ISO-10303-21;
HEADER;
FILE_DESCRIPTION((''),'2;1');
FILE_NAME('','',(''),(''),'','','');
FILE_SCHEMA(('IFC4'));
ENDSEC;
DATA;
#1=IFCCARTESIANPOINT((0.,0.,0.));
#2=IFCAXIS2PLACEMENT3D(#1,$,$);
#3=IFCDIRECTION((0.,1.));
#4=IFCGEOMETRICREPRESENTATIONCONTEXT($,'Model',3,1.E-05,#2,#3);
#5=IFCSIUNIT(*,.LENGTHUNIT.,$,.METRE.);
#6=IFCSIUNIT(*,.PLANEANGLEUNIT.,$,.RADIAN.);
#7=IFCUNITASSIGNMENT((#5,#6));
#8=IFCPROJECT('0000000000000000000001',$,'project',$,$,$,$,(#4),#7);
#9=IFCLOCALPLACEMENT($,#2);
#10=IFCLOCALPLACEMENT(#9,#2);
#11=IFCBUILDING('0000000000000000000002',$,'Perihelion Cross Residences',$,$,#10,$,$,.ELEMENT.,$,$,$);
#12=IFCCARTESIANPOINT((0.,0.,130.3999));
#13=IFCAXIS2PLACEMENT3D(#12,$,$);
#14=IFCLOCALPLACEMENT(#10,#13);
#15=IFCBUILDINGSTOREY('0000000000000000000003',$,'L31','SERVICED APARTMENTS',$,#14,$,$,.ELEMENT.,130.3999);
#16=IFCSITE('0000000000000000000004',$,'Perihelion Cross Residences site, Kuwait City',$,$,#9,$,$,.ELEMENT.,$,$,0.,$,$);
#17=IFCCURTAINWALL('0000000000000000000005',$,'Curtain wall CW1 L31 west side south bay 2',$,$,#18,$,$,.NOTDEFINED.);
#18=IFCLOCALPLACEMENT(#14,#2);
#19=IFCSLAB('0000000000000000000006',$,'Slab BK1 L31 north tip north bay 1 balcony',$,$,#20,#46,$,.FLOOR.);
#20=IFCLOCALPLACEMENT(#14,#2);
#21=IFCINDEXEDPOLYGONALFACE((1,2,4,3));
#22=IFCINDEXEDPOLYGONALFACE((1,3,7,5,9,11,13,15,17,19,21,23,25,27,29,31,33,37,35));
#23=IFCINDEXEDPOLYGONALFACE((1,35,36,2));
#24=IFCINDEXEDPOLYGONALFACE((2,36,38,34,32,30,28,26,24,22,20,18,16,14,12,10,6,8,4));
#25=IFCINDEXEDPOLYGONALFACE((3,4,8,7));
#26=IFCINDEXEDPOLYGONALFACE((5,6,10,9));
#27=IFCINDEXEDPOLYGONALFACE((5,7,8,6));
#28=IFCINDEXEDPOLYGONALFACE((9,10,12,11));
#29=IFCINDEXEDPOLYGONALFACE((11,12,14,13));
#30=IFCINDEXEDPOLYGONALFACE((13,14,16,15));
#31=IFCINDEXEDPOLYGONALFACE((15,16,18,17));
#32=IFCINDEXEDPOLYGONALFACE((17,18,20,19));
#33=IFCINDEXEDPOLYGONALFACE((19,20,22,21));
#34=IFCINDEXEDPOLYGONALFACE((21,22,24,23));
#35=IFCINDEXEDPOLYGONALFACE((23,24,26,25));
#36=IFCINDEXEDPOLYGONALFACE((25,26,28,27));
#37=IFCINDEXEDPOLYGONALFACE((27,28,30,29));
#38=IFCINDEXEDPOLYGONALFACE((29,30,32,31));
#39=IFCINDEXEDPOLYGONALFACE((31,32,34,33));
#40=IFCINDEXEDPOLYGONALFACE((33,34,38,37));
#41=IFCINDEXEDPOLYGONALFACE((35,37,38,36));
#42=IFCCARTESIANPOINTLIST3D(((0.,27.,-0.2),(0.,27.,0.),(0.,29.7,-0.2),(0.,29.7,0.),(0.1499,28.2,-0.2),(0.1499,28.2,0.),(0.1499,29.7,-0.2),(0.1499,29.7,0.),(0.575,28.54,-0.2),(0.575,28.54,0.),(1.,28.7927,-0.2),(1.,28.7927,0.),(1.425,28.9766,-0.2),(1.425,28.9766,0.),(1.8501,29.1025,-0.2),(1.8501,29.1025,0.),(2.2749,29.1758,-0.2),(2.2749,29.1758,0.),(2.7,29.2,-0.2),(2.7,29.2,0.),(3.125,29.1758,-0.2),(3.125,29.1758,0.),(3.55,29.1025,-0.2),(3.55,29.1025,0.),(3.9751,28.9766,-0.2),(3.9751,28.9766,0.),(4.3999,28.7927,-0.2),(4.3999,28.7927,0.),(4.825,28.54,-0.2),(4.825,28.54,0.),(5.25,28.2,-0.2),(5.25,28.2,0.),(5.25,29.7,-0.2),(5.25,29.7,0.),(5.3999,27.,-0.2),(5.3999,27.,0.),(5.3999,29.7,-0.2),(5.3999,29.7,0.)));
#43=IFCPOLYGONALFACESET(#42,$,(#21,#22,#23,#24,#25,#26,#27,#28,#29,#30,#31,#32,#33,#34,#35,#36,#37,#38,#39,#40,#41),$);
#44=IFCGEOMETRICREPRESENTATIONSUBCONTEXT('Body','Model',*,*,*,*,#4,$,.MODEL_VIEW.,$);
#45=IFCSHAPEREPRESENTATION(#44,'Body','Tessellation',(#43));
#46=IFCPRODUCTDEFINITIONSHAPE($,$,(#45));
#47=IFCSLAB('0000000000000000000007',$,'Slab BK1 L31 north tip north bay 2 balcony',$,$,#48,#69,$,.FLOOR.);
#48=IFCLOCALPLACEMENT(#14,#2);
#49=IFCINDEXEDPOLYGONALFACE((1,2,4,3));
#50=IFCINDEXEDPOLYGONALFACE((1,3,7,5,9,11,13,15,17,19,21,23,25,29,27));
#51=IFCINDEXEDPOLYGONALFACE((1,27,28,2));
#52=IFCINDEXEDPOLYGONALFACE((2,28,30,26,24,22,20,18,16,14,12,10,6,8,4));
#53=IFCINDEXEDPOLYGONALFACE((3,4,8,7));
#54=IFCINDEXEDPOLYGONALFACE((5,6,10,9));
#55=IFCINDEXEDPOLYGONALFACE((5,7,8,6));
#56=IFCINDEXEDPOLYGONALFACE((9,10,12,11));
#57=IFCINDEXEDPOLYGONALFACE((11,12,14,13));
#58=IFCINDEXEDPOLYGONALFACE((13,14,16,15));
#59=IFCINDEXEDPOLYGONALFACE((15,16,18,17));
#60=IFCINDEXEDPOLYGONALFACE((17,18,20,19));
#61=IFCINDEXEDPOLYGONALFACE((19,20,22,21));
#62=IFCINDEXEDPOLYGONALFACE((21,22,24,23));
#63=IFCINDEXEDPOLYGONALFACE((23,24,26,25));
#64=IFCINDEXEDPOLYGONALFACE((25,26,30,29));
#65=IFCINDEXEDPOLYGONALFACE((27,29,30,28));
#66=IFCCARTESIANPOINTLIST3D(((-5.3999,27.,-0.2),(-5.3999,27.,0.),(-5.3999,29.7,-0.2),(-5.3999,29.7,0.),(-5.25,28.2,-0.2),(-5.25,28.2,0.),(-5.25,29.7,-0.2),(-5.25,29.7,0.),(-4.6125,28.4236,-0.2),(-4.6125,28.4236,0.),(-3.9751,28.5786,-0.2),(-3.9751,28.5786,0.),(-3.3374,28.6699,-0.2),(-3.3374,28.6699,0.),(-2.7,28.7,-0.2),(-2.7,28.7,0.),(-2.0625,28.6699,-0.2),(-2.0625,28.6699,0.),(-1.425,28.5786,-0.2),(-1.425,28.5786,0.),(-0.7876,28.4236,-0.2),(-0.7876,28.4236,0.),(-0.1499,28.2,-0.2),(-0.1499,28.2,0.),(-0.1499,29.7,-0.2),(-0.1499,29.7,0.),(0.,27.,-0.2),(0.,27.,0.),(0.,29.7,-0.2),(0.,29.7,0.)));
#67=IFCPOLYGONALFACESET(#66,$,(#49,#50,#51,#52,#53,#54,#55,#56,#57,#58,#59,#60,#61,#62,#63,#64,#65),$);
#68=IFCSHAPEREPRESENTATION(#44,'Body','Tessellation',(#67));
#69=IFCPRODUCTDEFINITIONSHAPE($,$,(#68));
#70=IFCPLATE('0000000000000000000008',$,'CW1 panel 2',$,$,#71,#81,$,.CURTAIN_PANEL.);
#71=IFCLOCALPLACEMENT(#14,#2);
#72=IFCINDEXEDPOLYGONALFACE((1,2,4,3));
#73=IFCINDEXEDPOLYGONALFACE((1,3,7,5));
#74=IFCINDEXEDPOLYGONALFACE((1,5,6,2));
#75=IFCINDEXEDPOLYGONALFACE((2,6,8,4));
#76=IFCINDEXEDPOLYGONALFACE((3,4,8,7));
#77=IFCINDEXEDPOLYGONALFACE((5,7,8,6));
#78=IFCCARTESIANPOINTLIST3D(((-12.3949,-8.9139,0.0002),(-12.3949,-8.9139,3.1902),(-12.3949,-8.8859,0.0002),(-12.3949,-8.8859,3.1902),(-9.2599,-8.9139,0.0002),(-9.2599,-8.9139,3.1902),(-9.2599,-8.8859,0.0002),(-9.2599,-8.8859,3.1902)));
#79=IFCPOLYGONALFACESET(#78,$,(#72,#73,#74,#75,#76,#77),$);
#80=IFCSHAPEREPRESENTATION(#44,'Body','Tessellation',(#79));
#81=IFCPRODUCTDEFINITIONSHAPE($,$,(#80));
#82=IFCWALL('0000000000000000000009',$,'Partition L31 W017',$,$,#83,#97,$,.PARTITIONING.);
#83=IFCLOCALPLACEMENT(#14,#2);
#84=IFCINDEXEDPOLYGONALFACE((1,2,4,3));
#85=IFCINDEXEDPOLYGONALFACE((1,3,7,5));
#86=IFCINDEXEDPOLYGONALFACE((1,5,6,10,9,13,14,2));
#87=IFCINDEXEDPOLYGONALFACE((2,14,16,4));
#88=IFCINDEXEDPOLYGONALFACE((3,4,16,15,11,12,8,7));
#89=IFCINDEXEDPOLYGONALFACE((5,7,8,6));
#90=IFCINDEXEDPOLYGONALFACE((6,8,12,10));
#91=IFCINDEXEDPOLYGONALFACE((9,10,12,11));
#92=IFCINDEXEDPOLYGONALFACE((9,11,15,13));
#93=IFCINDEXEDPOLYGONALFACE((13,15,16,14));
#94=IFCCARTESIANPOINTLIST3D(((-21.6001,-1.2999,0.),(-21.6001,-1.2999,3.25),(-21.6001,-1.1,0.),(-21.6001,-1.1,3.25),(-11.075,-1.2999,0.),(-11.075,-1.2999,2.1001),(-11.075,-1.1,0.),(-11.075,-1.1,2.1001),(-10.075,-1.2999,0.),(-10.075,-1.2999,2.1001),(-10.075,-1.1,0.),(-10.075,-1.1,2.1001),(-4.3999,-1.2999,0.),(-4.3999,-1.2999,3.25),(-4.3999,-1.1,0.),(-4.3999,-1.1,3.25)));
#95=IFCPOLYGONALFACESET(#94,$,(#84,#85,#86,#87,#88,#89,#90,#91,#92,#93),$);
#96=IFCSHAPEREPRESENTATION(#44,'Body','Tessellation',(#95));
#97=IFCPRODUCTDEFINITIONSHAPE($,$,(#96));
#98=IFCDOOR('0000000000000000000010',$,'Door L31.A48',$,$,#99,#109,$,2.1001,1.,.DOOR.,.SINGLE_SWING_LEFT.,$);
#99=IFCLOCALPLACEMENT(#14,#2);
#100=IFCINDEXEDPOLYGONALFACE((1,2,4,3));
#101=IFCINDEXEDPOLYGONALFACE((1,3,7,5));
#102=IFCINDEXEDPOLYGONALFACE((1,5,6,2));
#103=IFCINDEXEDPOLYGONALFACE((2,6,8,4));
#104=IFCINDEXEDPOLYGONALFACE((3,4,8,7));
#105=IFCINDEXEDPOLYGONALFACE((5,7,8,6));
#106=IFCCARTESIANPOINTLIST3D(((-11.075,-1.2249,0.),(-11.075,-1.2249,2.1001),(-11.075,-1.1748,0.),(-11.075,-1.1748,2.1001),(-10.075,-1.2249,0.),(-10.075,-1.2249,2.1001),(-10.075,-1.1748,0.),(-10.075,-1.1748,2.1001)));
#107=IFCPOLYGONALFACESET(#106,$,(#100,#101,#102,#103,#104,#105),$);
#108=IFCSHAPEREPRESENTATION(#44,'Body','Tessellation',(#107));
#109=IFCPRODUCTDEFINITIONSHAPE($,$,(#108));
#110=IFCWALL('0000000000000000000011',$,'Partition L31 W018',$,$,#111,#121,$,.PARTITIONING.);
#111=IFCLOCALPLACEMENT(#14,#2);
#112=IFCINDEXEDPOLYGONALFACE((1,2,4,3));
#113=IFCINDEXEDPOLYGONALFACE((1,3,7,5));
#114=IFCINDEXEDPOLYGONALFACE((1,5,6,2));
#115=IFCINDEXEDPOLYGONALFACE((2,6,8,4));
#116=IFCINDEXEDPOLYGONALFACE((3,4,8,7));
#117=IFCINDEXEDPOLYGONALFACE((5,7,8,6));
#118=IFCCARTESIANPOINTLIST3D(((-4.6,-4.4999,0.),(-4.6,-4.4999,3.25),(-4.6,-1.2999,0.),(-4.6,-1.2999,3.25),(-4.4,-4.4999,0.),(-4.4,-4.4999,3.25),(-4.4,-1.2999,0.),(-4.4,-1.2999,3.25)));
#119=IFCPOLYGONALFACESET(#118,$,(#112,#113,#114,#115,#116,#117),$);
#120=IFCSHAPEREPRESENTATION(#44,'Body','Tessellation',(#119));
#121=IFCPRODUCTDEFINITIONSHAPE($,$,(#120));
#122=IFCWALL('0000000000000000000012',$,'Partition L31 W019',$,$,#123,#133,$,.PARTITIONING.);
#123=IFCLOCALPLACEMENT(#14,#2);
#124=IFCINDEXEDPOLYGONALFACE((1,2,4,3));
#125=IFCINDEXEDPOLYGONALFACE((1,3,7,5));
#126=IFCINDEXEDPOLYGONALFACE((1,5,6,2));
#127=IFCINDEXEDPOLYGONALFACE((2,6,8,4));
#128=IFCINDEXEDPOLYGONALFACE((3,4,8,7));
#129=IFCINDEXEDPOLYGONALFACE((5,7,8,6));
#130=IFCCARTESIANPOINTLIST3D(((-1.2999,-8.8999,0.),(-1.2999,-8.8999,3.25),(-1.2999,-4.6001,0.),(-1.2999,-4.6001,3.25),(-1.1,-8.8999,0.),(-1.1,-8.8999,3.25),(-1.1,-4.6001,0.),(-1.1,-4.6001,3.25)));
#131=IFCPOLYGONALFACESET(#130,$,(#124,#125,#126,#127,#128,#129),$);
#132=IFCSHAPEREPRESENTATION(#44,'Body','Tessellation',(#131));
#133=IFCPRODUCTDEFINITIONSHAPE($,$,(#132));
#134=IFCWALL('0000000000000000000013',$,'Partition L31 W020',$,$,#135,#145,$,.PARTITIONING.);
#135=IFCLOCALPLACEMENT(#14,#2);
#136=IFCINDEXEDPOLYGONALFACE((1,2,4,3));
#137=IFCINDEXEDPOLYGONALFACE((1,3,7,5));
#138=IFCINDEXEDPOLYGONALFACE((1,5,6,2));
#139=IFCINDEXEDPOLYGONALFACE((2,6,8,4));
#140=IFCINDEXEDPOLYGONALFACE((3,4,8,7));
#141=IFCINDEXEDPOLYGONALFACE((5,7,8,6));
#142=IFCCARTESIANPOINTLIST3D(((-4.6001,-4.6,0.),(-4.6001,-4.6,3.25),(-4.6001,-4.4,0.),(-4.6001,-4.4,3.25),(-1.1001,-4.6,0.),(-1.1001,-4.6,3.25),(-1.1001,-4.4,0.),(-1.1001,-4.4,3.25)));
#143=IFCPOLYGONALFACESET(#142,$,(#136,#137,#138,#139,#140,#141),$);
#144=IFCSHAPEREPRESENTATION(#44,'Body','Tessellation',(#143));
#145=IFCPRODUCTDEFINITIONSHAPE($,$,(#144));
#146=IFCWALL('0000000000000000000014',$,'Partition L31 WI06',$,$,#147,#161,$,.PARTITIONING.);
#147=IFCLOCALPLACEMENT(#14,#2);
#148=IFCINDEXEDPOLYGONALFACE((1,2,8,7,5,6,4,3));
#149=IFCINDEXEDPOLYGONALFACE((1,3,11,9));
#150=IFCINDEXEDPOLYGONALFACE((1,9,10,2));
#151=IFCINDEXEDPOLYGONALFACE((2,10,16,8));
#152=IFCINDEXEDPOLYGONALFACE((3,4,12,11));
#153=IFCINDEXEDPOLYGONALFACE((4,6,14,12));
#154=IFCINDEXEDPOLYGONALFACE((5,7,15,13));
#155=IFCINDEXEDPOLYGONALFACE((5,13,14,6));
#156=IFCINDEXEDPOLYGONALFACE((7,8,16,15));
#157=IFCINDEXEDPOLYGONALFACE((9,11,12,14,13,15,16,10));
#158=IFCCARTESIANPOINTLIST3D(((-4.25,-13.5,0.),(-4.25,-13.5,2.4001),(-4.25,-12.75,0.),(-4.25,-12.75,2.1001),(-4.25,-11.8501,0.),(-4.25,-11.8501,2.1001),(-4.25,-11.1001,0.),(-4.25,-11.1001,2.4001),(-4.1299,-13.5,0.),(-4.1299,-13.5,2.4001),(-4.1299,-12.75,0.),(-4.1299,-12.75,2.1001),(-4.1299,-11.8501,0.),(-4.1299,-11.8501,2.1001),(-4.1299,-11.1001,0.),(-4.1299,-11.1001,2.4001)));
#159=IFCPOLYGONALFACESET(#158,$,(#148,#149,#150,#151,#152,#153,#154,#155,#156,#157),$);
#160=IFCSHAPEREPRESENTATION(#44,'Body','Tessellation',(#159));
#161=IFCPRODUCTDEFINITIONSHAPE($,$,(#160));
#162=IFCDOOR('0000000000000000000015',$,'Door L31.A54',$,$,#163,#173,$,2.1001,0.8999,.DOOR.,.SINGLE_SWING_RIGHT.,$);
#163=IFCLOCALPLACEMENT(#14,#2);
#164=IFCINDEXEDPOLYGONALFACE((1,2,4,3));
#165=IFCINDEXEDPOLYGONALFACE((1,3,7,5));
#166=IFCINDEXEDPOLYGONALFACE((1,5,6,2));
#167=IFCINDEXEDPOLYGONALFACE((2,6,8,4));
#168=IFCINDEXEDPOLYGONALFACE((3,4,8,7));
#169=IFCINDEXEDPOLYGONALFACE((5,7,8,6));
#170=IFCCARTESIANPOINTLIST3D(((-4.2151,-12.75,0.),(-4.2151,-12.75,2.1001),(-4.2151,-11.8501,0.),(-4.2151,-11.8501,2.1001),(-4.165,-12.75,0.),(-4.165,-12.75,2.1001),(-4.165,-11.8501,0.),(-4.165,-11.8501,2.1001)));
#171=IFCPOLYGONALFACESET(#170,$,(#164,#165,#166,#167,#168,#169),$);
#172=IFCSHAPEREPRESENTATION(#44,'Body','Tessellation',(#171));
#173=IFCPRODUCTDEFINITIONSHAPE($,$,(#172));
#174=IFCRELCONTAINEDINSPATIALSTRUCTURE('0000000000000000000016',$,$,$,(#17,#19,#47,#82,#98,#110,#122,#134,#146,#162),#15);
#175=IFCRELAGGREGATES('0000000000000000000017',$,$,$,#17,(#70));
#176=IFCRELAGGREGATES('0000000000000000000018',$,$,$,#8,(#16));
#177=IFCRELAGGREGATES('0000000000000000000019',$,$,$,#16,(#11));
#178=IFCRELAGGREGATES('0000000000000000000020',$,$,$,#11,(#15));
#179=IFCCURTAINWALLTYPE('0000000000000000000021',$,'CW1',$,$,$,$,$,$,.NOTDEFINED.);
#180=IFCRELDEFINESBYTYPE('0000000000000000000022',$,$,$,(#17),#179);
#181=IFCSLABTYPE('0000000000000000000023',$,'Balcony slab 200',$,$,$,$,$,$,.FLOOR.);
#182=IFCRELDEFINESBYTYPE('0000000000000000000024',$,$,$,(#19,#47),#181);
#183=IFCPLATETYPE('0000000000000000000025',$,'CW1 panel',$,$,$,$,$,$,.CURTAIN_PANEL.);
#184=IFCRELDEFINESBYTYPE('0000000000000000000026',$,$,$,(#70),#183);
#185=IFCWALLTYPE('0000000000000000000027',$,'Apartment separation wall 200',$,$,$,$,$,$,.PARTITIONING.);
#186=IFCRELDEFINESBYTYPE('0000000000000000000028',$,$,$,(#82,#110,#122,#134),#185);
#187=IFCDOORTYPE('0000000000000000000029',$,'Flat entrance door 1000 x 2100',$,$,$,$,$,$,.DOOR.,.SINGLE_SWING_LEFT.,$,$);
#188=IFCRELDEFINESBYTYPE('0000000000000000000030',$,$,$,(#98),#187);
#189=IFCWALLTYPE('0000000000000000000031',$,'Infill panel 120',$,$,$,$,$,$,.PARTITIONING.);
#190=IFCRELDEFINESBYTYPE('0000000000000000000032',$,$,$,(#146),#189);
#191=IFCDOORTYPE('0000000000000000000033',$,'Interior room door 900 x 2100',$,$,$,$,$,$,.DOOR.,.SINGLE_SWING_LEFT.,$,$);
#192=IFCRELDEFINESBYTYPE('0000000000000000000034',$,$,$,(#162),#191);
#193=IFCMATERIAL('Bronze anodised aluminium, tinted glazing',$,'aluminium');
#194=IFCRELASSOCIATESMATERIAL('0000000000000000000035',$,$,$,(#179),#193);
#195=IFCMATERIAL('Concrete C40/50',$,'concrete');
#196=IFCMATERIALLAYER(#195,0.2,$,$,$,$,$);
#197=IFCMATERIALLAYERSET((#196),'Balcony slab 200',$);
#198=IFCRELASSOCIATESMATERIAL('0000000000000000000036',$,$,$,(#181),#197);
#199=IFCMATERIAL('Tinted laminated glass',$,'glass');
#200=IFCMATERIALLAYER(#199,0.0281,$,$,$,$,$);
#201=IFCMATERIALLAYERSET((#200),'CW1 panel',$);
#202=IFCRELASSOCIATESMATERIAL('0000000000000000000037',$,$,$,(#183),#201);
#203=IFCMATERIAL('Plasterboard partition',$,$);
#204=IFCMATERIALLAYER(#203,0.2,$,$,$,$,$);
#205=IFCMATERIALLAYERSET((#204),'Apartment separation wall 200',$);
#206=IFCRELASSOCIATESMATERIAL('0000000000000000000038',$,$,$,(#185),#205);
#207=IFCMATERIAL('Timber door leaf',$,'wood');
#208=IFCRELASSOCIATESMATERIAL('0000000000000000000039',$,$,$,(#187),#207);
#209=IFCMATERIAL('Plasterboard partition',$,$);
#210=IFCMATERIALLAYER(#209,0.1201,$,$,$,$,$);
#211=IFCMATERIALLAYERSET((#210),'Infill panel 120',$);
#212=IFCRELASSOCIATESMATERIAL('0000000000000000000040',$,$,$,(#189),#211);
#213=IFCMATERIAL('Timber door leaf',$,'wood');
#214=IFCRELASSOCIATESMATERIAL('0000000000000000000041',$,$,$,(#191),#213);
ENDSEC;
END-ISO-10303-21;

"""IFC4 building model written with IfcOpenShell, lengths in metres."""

from ifc_helpers import new_model, si_unit, direction, frame, frame_2d, origin, origin_2d, place, context, subcontext, project, spatial, polyline, rectangle, outline, extrude, material, layer, layer_set, type_object, element, fill, aggregate, save


model = new_model("IFC4")

# Units and contexts
model_context = context("Model", 3, precision=1e-05, world=origin(), true_north=direction((0.0, 1.0)))
body_context = subcontext(model_context, "Body", "Model", "MODEL_VIEW")
ifc_project = project(units=[si_unit("LENGTHUNIT", "METRE"), si_unit("PLANEANGLEUNIT", "RADIAN")], contexts=[model_context])

# Site, building, storey
site_placement = place(None, origin())
site = spatial("IfcSite", under=ifc_project, at=site_placement, Name="Perihelion Cross Residences site, Kuwait City", CompositionType="ELEMENT", RefElevation=0.0)
building_placement = place(site_placement, origin())
building = spatial("IfcBuilding", under=site, at=building_placement, Name="Perihelion Cross Residences", CompositionType="ELEMENT")
storey_placement = place(building_placement, frame((0.0, 0.0, 130.3999)))
storey = spatial("IfcBuildingStorey", under=building, at=storey_placement, Name="L31", Description="SERVICED APARTMENTS", CompositionType="ELEMENT", Elevation=130.3999)

# Curtain wall
ifc_material_1 = material(Name="Bronze anodised aluminium, tinted glazing", Category="aluminium")
curtain_wall_type = type_object("IfcCurtainWallType", Name="CW1", PredefinedType="NOTDEFINED", material=ifc_material_1)
curtain_wall_1_placement = place(storey_placement, origin())
curtain_wall_1 = element("IfcCurtainWall", 1, at=curtain_wall_1_placement, inside=storey, type_object=curtain_wall_type, Name="Curtain wall CW1 L31 west side south bay 2", PredefinedType="NOTDEFINED")

# Slabs
ifc_material_2 = material(Name="Concrete C40/50", Category="concrete")
ifc_layer_1 = layer(ifc_material_2, 0.2)
ifc_layer_set_1 = layer_set([ifc_layer_1], Name="Balcony slab 200")
slab_type_1 = type_object("IfcSlabType", Name="Balcony slab 200", PredefinedType="FLOOR", material=ifc_layer_set_1)
slab_1_placement = place(storey_placement, frame((0.0, 0.0, -0.2)))
element("IfcSlab", 2, at=slab_1_placement, inside=storey, type_object=slab_type_1, Name="Slab BK1 L31 north tip north bay 1 balcony", PredefinedType="FLOOR", context=body_context, shape_type="SweptSolid", body=[
    extrude(outline(polyline([(5.3999, 27.0), (0.0, 27.0), (0.0, 29.7), (0.1499, 29.7), (0.1499, 28.2), (0.575, 28.54), (1.0, 28.7927), (1.425, 28.9766), (1.8501, 29.1025), (2.2749, 29.1758), (2.7, 29.2), (3.125, 29.1758), (3.55, 29.1025), (3.9751, 28.9766), (4.3999, 28.7927), (4.825, 28.54), (5.25, 28.2), (5.25, 29.7), (5.3999, 29.7), (5.3999, 27.0)])), origin(), (0.0, 0.0, 1.0), 0.2),
])
slab_2_placement = place(storey_placement, frame((0.0, 0.0, -0.2)))
element("IfcSlab", 3, at=slab_2_placement, inside=storey, type_object=slab_type_1, Name="Slab BK1 L31 north tip north bay 2 balcony", PredefinedType="FLOOR", context=body_context, shape_type="SweptSolid", body=[
    extrude(outline(polyline([(0.0, 27.0), (-5.3999, 27.0), (-5.3999, 29.7), (-5.25, 29.7), (-5.25, 28.2), (-4.6125, 28.4236), (-3.9751, 28.5786), (-3.3374, 28.6699), (-2.7, 28.7), (-2.0625, 28.6699), (-1.425, 28.5786), (-0.7876, 28.4236), (-0.1499, 28.2), (-0.1499, 29.7), (0.0, 29.7), (0.0, 27.0)])), origin(), (0.0, 0.0, 1.0), 0.2),
])

# Plate
ifc_material_3 = material(Name="Tinted laminated glass", Category="glass")
ifc_layer_2 = layer(ifc_material_3, 0.0281)
ifc_layer_set_2 = layer_set([ifc_layer_2], Name="CW1 panel")
plate_type = type_object("IfcPlateType", Name="CW1 panel", PredefinedType="CURTAIN_PANEL", material=ifc_layer_set_2)
plate_placement = place(storey_placement, frame((-10.8274, -8.8999, 0.0002), z_axis=(0.0, 0.0, 1.0), x_axis=(1.0, 0.0, 0.0)))
plate = element("IfcPlate", 4, at=plate_placement, type_object=plate_type, Name="CW1 panel 2", PredefinedType="CURTAIN_PANEL", context=body_context, shape_type="SweptSolid", body=[
    extrude(rectangle(XDim=3.135, YDim=0.0281, at=origin_2d()), origin(), (0.0, 0.0, 1.0), 3.1899),
])
aggregate(curtain_wall_1, [plate])

# Wall, opening, door
ifc_material_4 = material(Name="Plasterboard partition")
ifc_layer_3 = layer(ifc_material_4, 0.2)
ifc_layer_set_3 = layer_set([ifc_layer_3], Name="Apartment separation wall 200")
wall_type_1 = type_object("IfcWallType", Name="Apartment separation wall 200", PredefinedType="PARTITIONING", material=ifc_layer_set_3)
wall_1_placement = place(storey_placement, frame((-4.3999, -1.2, 0.0), z_axis=(0.0, 0.0, 1.0), x_axis=(-1.0, 0.0, 0.0)))
wall_1 = element("IfcWall", 5, at=wall_1_placement, inside=storey, type_object=wall_type_1, Name="Partition L31 W017", PredefinedType="PARTITIONING", context=body_context, shape_type="SweptSolid", body=[
    extrude(rectangle(XDim=17.2002, YDim=0.2, at=frame_2d((8.6001, 0.0))), origin(), (0.0, 0.0, 1.0), 3.25),
])
opening_1_placement = place(wall_1_placement, frame((5.675, 0.0, 0.0)))
opening_1 = element("IfcOpeningElement", 6, at=opening_1_placement, cuts=wall_1, PredefinedType="OPENING", context=body_context, shape_type="SweptSolid", body=[
    extrude(rectangle(XDim=1.0, YDim=2.1001, at=frame_2d((0.5, 1.05))), frame((0.0, 0.1099, 0.0), z_axis=(0.0, -1.0, 0.0), x_axis=(1.0, 0.0, 0.0)), (0.0, 0.0, 1.0), 0.22),
])
ifc_material_5 = material(Name="Timber door leaf", Category="wood")
door_type_1 = type_object("IfcDoorType", Name="Flat entrance door 1000 x 2100", OperationType="SINGLE_SWING_LEFT", PredefinedType="DOOR", material=ifc_material_5)
door_1_placement = place(opening_1_placement, origin())
door_1 = element("IfcDoor", 7, at=door_1_placement, inside=storey, type_object=door_type_1, Name="Door L31.A48", OperationType="SINGLE_SWING_LEFT", OverallHeight=2.1001, OverallWidth=1.0, PredefinedType="DOOR", context=body_context, shape_type="SweptSolid", body=[
    extrude(rectangle(XDim=1.0, YDim=2.1001, at=frame_2d((0.5, 1.05))), frame((0.0, 0.0249, 0.0), z_axis=(0.0, -1.0, 0.0), x_axis=(1.0, 0.0, 0.0)), (0.0, 0.0, 1.0), 0.05),
])
fill(opening_1, door_1)

# Walls
wall_2_placement = place(storey_placement, frame((-4.5, -4.5, 0.0), z_axis=(0.0, 0.0, 1.0), x_axis=(0.0, 1.0, 0.0)))
element("IfcWall", 8, at=wall_2_placement, inside=storey, type_object=wall_type_1, Name="Partition L31 W018", PredefinedType="PARTITIONING", context=body_context, shape_type="SweptSolid", body=[
    extrude(rectangle(XDim=3.2, YDim=0.2, at=frame_2d((1.6001, 0.0))), origin(), (0.0, 0.0, 1.0), 3.25),
])
wall_3_placement = place(storey_placement, frame((-1.2, -8.8999, 0.0), z_axis=(0.0, 0.0, 1.0), x_axis=(0.0, 1.0, 0.0)))
element("IfcWall", 9, at=wall_3_placement, inside=storey, type_object=wall_type_1, Name="Partition L31 W019", PredefinedType="PARTITIONING", context=body_context, shape_type="SweptSolid", body=[
    extrude(rectangle(XDim=4.2998, YDim=0.2, at=frame_2d((2.1499, 0.0))), origin(), (0.0, 0.0, 1.0), 3.25),
])
wall_4_placement = place(storey_placement, frame((-1.1001, -4.5, 0.0), z_axis=(0.0, 0.0, 1.0), x_axis=(-1.0, 0.0, 0.0)))
element("IfcWall", 10, at=wall_4_placement, inside=storey, type_object=wall_type_1, Name="Partition L31 W020", PredefinedType="PARTITIONING", context=body_context, shape_type="SweptSolid", body=[
    extrude(rectangle(XDim=3.5, YDim=0.2, at=frame_2d((1.75, 0.0))), origin(), (0.0, 0.0, 1.0), 3.25),
])

# Wall, opening, door
ifc_material_6 = material(Name="Plasterboard partition")
ifc_layer_4 = layer(ifc_material_6, 0.1201)
ifc_layer_set_4 = layer_set([ifc_layer_4], Name="Infill panel 120")
wall_type_2 = type_object("IfcWallType", Name="Infill panel 120", PredefinedType="PARTITIONING", material=ifc_layer_set_4)
wall_5_placement = place(storey_placement, frame((-4.1899, -11.1001, 0.0), z_axis=(0.0, 0.0, 1.0), x_axis=(0.0, -1.0, 0.0)))
wall_5 = element("IfcWall", 11, at=wall_5_placement, inside=storey, type_object=wall_type_2, Name="Partition L31 WI06", PredefinedType="PARTITIONING", context=body_context, shape_type="SweptSolid", body=[
    extrude(rectangle(XDim=2.3999, YDim=0.1201, at=frame_2d((1.2, 0.0))), origin(), (0.0, 0.0, 1.0), 2.4001),
])
opening_2_placement = place(wall_5_placement, frame((0.75, 0.0, 0.0)))
opening_2 = element("IfcOpeningElement", 12, at=opening_2_placement, cuts=wall_5, PredefinedType="OPENING", context=body_context, shape_type="SweptSolid", body=[
    extrude(rectangle(XDim=0.8999, YDim=2.1001, at=frame_2d((0.45, 1.05))), frame((0.0, 0.0701, 0.0), z_axis=(0.0, -1.0, 0.0), x_axis=(1.0, 0.0, 0.0)), (0.0, 0.0, 1.0), 0.1401),
])
ifc_material_7 = material(Name="Timber door leaf", Category="wood")
door_type_2 = type_object("IfcDoorType", Name="Interior room door 900 x 2100", OperationType="SINGLE_SWING_LEFT", PredefinedType="DOOR", material=ifc_material_7)
door_2_placement = place(opening_2_placement, origin())
door_2 = element("IfcDoor", 13, at=door_2_placement, inside=storey, type_object=door_type_2, Name="Door L31.A54", OperationType="SINGLE_SWING_RIGHT", OverallHeight=2.1001, OverallWidth=0.8999, PredefinedType="DOOR", context=body_context, shape_type="SweptSolid", body=[
    extrude(rectangle(XDim=0.8999, YDim=2.1001, at=frame_2d((0.45, 1.05))), frame((0.0, 0.0249, 0.0), z_axis=(0.0, -1.0, 0.0), x_axis=(1.0, 0.0, 0.0)), (0.0, 0.0, 1.0), 0.05),
])
fill(opening_2, door_2)

save(model, "model.ifc")
